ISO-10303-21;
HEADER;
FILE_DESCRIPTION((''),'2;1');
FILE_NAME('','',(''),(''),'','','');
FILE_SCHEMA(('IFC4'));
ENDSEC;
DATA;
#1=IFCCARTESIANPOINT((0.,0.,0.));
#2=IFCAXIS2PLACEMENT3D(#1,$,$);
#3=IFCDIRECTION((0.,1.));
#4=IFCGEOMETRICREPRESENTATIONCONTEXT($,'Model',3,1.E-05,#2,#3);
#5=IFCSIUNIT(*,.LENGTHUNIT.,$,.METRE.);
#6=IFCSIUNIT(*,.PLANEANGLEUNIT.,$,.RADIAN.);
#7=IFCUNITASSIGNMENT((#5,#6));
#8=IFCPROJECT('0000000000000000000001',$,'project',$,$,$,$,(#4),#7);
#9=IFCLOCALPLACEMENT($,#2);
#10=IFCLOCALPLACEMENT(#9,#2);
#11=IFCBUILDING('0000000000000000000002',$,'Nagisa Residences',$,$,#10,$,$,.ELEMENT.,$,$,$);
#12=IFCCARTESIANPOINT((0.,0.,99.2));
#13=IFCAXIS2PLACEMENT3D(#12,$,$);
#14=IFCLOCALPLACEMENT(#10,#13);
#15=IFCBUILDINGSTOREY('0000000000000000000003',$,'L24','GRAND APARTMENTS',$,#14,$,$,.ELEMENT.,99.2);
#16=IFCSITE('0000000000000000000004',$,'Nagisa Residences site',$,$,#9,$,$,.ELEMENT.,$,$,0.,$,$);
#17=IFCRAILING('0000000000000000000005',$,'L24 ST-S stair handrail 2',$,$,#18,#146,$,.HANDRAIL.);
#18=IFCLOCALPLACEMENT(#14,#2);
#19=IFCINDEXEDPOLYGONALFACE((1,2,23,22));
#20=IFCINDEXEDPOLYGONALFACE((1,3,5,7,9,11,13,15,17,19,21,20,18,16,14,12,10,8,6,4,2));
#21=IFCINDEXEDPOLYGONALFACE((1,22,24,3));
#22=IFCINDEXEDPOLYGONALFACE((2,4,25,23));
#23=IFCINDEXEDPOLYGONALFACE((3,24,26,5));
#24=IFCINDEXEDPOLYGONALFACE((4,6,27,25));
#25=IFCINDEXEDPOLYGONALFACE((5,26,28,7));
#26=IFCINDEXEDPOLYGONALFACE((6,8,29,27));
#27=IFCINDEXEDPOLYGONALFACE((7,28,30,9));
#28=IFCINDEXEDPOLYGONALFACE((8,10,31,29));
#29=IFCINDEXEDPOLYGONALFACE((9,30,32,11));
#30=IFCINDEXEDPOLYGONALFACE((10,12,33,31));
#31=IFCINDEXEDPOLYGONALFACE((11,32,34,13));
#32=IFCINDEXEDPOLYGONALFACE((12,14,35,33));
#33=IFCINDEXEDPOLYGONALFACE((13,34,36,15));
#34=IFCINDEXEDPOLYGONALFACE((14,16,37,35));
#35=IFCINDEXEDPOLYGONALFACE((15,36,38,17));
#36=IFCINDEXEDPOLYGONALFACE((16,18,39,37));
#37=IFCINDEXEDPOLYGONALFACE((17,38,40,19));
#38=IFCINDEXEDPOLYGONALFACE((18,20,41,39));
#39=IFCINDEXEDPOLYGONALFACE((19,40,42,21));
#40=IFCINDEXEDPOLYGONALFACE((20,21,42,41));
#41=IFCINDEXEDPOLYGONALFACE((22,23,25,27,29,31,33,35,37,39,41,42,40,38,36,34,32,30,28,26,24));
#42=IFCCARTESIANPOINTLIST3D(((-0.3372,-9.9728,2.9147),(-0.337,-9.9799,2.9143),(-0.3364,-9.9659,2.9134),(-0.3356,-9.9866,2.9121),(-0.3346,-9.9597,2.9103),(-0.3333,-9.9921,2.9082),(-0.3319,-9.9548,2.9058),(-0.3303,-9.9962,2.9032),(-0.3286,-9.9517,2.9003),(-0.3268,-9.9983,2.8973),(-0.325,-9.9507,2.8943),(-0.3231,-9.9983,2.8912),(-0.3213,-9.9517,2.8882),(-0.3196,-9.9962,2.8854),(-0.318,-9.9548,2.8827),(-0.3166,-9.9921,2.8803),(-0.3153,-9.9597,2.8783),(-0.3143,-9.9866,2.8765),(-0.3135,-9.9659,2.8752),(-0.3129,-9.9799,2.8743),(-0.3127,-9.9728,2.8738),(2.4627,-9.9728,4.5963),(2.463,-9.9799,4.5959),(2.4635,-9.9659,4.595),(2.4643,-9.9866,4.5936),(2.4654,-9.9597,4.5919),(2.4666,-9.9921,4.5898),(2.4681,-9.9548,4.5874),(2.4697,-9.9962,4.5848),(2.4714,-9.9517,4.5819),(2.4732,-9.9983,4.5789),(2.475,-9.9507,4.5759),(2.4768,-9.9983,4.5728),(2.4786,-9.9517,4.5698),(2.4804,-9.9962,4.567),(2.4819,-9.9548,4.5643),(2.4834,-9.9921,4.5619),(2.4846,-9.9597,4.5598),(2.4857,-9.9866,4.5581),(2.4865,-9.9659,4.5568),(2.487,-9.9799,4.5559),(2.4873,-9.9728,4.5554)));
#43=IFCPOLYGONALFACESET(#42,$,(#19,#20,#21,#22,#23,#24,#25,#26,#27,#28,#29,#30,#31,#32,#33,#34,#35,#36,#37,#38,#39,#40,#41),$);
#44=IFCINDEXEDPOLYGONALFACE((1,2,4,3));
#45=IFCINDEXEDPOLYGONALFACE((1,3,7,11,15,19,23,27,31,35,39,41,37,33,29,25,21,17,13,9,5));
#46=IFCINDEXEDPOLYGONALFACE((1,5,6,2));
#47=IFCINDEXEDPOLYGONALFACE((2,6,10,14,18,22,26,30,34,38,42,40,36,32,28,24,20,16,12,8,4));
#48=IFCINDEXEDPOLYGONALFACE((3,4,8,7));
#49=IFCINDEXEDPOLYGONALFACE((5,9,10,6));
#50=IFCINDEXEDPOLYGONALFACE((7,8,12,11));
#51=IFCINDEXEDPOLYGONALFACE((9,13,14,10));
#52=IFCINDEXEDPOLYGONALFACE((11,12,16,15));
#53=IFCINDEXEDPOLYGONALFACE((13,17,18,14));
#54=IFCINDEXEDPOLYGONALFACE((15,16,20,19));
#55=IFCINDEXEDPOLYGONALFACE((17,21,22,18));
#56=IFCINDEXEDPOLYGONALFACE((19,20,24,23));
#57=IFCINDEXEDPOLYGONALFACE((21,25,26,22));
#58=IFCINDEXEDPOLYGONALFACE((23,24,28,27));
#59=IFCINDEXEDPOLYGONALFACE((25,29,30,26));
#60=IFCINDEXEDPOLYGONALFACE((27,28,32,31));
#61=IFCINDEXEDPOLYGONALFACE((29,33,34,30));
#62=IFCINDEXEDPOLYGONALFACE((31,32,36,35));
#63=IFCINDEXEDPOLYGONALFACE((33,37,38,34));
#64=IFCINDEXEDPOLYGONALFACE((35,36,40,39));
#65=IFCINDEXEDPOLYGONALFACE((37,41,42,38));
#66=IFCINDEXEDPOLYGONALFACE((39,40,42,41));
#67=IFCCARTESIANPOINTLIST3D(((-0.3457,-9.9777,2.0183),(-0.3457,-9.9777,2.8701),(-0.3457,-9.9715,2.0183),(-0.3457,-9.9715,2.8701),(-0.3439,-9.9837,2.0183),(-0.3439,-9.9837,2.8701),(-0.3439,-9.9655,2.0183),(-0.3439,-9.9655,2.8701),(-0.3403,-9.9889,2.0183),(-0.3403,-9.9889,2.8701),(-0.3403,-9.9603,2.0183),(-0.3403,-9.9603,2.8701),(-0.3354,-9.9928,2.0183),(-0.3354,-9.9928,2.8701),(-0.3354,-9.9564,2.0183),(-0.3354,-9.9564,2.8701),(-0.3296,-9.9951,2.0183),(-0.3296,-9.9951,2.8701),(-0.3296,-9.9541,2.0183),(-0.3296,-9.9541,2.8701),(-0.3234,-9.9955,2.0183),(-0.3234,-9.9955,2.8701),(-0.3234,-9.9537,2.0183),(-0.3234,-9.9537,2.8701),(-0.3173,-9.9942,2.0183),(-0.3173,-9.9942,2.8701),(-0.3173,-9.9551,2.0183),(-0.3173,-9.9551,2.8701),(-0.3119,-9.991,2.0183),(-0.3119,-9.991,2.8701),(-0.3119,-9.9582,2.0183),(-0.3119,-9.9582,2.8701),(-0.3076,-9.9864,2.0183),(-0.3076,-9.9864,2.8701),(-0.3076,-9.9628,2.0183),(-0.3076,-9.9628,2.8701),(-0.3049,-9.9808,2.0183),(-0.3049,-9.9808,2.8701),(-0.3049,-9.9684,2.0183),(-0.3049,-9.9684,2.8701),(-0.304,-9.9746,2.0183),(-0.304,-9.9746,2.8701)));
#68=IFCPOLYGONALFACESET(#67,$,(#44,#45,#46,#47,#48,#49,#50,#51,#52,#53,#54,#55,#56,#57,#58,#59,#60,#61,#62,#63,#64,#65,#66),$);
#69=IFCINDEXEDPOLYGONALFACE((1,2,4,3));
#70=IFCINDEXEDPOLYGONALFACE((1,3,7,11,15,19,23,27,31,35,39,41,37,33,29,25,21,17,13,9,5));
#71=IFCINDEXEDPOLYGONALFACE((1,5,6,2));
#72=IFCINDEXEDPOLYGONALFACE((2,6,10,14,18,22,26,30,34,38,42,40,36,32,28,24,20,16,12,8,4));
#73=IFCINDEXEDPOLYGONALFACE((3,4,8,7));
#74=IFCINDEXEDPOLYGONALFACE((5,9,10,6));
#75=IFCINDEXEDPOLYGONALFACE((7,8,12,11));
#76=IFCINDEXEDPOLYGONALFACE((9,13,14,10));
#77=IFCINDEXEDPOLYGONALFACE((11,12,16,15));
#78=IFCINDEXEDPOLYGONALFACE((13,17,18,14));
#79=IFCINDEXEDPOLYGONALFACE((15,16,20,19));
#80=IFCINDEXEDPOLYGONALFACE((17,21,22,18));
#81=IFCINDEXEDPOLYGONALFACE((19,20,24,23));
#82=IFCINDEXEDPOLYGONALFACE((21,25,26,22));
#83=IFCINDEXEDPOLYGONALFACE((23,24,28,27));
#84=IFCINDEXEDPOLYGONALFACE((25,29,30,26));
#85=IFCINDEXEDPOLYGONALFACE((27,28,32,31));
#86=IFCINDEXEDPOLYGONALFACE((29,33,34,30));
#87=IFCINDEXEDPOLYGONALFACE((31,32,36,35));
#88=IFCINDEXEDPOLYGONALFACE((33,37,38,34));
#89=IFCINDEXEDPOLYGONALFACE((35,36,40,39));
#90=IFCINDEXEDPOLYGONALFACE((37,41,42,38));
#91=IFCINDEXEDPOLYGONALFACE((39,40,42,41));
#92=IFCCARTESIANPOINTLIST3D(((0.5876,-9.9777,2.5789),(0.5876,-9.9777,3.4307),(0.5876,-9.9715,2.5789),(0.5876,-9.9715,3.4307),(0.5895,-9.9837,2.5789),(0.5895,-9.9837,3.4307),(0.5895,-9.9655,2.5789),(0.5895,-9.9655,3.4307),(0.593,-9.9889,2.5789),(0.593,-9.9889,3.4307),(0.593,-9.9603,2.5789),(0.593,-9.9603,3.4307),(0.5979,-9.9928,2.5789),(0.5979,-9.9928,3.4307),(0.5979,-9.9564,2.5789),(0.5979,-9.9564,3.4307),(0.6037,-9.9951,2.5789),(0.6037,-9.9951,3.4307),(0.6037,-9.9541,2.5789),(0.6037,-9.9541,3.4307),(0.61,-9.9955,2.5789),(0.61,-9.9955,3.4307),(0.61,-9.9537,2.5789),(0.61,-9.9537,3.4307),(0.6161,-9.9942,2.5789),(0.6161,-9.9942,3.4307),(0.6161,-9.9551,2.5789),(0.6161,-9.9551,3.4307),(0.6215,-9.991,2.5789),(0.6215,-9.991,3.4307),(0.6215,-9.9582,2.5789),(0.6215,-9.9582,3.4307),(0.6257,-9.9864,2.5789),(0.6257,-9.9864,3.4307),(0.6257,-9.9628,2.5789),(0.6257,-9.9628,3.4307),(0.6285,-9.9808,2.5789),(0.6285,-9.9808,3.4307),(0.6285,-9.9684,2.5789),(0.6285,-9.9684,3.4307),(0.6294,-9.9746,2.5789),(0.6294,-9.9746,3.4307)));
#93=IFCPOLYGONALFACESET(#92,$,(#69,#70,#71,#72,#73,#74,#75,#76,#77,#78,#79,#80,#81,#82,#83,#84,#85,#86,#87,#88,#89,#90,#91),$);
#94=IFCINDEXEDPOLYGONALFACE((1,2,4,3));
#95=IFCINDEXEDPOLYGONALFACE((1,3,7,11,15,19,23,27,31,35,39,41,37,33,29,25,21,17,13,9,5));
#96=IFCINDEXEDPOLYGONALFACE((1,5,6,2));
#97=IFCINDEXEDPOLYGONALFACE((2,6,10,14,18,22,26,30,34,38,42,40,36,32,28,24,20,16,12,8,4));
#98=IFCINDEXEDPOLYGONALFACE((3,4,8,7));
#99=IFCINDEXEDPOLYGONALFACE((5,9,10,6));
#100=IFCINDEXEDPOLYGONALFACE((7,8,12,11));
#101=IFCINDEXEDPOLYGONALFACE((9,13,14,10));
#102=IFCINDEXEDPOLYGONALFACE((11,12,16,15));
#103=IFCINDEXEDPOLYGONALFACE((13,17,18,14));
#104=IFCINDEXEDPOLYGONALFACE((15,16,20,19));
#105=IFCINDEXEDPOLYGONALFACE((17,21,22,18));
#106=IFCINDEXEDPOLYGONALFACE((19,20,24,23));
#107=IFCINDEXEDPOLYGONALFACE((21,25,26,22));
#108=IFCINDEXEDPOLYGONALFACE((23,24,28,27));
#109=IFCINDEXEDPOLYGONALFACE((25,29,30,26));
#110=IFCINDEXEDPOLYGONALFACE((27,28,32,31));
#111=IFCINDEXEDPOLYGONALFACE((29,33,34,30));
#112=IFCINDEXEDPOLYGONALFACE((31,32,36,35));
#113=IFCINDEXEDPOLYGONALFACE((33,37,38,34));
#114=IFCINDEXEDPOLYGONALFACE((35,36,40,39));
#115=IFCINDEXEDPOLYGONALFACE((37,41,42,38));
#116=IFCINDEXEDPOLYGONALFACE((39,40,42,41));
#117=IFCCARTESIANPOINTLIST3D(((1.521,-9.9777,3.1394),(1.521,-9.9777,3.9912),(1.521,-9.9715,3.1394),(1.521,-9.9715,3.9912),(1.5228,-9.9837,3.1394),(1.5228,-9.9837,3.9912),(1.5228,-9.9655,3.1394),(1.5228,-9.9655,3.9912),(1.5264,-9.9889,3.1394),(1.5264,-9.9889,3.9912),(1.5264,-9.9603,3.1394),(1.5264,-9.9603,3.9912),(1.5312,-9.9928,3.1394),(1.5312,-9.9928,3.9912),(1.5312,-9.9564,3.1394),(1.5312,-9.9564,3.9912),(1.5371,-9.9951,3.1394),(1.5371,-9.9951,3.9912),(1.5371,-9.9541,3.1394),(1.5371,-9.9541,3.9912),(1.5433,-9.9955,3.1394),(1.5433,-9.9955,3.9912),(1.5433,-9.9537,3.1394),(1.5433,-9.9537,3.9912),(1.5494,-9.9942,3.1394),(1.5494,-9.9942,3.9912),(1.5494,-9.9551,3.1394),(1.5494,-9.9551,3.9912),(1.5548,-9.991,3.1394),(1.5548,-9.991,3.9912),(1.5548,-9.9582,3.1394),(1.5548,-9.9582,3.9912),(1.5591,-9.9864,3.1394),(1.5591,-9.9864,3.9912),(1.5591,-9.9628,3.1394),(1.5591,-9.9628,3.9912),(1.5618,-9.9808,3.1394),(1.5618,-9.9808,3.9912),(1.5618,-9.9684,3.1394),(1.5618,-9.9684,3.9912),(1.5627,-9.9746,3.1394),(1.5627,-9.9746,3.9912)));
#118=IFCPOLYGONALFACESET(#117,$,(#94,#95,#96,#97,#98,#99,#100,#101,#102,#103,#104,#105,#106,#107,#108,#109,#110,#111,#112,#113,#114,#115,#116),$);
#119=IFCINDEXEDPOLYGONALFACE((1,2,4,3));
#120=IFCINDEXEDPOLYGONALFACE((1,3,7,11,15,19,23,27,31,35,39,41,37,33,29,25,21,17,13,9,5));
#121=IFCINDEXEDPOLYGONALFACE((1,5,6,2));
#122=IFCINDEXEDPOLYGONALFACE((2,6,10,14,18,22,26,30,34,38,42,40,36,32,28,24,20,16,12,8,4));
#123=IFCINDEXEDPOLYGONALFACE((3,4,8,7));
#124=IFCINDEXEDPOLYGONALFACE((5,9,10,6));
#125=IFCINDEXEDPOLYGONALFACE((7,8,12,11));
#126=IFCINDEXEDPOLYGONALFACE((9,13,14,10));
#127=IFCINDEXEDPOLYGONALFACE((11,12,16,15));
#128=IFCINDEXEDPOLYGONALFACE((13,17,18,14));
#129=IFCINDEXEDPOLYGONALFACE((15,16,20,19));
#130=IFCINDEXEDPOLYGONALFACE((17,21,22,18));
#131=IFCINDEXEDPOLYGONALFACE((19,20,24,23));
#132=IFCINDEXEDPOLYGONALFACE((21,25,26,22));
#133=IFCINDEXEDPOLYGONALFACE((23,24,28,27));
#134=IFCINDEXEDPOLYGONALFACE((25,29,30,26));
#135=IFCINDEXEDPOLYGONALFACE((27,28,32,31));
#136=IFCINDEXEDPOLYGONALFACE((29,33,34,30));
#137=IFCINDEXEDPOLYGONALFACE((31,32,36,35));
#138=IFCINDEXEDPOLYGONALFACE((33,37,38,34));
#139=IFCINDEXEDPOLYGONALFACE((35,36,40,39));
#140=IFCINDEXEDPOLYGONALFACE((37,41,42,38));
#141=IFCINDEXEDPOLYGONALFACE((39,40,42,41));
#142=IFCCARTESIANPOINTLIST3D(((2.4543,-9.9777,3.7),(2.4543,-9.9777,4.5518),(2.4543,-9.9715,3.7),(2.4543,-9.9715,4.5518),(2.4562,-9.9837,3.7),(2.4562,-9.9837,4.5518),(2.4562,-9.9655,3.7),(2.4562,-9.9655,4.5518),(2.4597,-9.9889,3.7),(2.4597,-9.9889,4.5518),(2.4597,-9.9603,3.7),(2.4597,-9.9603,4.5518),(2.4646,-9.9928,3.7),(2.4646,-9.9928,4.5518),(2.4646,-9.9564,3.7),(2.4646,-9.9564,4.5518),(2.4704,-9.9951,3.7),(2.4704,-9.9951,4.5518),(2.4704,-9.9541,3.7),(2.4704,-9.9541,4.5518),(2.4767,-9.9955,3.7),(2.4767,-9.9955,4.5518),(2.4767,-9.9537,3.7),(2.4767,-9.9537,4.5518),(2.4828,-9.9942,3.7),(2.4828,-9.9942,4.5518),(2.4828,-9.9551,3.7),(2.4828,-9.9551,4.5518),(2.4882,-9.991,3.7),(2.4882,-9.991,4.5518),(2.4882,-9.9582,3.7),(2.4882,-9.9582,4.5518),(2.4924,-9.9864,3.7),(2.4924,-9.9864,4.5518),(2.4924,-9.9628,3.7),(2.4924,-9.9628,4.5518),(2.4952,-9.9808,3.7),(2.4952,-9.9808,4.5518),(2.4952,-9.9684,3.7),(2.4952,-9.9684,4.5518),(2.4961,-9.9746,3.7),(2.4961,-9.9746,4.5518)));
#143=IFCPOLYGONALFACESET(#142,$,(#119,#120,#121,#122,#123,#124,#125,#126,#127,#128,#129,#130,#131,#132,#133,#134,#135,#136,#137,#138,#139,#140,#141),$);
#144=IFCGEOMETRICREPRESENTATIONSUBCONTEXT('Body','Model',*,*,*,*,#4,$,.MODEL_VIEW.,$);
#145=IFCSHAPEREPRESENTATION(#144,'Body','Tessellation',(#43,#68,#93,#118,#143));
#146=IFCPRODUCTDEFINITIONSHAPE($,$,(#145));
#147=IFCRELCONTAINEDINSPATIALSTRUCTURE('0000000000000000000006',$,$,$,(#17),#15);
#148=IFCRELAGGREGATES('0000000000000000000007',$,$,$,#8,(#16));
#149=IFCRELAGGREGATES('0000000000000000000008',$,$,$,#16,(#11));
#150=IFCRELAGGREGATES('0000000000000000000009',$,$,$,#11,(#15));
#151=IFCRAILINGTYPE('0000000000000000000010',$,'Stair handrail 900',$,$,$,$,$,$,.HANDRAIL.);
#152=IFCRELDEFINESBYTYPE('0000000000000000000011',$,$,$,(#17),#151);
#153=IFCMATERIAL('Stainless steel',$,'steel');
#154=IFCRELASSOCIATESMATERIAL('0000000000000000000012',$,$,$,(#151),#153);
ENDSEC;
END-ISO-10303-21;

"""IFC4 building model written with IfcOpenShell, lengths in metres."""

from ifc_helpers import new_model, si_unit, direction, frame, origin, origin_2d, place, context, subcontext, project, spatial, circle, extrude, material, type_object, element, save


model = new_model("IFC4")

# Units and contexts
model_context = context("Model", 3, precision=1e-05, world=origin(), true_north=direction((0.0, 1.0)))
body_context = subcontext(model_context, "Body", "Model", "MODEL_VIEW")
ifc_project = project(units=[si_unit("LENGTHUNIT", "METRE"), si_unit("PLANEANGLEUNIT", "RADIAN")], contexts=[model_context])

# Site, building, storey
site_placement = place(None, origin())
site = spatial("IfcSite", under=ifc_project, at=site_placement, Name="Nagisa Residences site", CompositionType="ELEMENT", RefElevation=0.0)
building_placement = place(site_placement, origin())
building = spatial("IfcBuilding", under=site, at=building_placement, Name="Nagisa Residences", CompositionType="ELEMENT")
storey_placement = place(building_placement, frame((0.0, 0.0, 99.2)))
storey = spatial("IfcBuildingStorey", under=building, at=storey_placement, Name="L24", Description="GRAND APARTMENTS", CompositionType="ELEMENT", Elevation=99.2)

# Railing
ifc_material_1 = material(Name="Stainless steel", Category="steel")
railing_type = type_object("IfcRailingType", Name="Stair handrail 900", PredefinedType="HANDRAIL", material=ifc_material_1)
railing_placement = place(storey_placement, frame((-0.325, -9.9746, 2.0183)))
element("IfcRailing", 1, at=railing_placement, inside=storey, type_object=railing_type, Name="L24 ST-S stair handrail 2", PredefinedType="HANDRAIL", context=body_context, shape_type="SweptSolid", body=[
    extrude(circle(Radius=0.0239, at=origin_2d()), frame((0.0, 0.0, 0.876), z_axis=(0.857275, 0.0, 0.514858), x_axis=(0.0, 1.0, 0.0)), (0.0, 0.0, 1.0), 3.2661),
    extrude(circle(Radius=0.021, at=origin_2d()), origin(), (0.0, 0.0, 1.0), 0.8518),
    extrude(circle(Radius=0.021, at=origin_2d()), frame((0.9333, 0.0, 0.5605)), (0.0, 0.0, 1.0), 0.8518),
    extrude(circle(Radius=0.021, at=origin_2d()), frame((1.8667, 0.0, 1.1211)), (0.0, 0.0, 1.0), 0.8518),
    extrude(circle(Radius=0.021, at=origin_2d()), frame((2.8, 0.0, 1.6816)), (0.0, 0.0, 1.0), 0.8518),
])

save(model, "model.ifc")
